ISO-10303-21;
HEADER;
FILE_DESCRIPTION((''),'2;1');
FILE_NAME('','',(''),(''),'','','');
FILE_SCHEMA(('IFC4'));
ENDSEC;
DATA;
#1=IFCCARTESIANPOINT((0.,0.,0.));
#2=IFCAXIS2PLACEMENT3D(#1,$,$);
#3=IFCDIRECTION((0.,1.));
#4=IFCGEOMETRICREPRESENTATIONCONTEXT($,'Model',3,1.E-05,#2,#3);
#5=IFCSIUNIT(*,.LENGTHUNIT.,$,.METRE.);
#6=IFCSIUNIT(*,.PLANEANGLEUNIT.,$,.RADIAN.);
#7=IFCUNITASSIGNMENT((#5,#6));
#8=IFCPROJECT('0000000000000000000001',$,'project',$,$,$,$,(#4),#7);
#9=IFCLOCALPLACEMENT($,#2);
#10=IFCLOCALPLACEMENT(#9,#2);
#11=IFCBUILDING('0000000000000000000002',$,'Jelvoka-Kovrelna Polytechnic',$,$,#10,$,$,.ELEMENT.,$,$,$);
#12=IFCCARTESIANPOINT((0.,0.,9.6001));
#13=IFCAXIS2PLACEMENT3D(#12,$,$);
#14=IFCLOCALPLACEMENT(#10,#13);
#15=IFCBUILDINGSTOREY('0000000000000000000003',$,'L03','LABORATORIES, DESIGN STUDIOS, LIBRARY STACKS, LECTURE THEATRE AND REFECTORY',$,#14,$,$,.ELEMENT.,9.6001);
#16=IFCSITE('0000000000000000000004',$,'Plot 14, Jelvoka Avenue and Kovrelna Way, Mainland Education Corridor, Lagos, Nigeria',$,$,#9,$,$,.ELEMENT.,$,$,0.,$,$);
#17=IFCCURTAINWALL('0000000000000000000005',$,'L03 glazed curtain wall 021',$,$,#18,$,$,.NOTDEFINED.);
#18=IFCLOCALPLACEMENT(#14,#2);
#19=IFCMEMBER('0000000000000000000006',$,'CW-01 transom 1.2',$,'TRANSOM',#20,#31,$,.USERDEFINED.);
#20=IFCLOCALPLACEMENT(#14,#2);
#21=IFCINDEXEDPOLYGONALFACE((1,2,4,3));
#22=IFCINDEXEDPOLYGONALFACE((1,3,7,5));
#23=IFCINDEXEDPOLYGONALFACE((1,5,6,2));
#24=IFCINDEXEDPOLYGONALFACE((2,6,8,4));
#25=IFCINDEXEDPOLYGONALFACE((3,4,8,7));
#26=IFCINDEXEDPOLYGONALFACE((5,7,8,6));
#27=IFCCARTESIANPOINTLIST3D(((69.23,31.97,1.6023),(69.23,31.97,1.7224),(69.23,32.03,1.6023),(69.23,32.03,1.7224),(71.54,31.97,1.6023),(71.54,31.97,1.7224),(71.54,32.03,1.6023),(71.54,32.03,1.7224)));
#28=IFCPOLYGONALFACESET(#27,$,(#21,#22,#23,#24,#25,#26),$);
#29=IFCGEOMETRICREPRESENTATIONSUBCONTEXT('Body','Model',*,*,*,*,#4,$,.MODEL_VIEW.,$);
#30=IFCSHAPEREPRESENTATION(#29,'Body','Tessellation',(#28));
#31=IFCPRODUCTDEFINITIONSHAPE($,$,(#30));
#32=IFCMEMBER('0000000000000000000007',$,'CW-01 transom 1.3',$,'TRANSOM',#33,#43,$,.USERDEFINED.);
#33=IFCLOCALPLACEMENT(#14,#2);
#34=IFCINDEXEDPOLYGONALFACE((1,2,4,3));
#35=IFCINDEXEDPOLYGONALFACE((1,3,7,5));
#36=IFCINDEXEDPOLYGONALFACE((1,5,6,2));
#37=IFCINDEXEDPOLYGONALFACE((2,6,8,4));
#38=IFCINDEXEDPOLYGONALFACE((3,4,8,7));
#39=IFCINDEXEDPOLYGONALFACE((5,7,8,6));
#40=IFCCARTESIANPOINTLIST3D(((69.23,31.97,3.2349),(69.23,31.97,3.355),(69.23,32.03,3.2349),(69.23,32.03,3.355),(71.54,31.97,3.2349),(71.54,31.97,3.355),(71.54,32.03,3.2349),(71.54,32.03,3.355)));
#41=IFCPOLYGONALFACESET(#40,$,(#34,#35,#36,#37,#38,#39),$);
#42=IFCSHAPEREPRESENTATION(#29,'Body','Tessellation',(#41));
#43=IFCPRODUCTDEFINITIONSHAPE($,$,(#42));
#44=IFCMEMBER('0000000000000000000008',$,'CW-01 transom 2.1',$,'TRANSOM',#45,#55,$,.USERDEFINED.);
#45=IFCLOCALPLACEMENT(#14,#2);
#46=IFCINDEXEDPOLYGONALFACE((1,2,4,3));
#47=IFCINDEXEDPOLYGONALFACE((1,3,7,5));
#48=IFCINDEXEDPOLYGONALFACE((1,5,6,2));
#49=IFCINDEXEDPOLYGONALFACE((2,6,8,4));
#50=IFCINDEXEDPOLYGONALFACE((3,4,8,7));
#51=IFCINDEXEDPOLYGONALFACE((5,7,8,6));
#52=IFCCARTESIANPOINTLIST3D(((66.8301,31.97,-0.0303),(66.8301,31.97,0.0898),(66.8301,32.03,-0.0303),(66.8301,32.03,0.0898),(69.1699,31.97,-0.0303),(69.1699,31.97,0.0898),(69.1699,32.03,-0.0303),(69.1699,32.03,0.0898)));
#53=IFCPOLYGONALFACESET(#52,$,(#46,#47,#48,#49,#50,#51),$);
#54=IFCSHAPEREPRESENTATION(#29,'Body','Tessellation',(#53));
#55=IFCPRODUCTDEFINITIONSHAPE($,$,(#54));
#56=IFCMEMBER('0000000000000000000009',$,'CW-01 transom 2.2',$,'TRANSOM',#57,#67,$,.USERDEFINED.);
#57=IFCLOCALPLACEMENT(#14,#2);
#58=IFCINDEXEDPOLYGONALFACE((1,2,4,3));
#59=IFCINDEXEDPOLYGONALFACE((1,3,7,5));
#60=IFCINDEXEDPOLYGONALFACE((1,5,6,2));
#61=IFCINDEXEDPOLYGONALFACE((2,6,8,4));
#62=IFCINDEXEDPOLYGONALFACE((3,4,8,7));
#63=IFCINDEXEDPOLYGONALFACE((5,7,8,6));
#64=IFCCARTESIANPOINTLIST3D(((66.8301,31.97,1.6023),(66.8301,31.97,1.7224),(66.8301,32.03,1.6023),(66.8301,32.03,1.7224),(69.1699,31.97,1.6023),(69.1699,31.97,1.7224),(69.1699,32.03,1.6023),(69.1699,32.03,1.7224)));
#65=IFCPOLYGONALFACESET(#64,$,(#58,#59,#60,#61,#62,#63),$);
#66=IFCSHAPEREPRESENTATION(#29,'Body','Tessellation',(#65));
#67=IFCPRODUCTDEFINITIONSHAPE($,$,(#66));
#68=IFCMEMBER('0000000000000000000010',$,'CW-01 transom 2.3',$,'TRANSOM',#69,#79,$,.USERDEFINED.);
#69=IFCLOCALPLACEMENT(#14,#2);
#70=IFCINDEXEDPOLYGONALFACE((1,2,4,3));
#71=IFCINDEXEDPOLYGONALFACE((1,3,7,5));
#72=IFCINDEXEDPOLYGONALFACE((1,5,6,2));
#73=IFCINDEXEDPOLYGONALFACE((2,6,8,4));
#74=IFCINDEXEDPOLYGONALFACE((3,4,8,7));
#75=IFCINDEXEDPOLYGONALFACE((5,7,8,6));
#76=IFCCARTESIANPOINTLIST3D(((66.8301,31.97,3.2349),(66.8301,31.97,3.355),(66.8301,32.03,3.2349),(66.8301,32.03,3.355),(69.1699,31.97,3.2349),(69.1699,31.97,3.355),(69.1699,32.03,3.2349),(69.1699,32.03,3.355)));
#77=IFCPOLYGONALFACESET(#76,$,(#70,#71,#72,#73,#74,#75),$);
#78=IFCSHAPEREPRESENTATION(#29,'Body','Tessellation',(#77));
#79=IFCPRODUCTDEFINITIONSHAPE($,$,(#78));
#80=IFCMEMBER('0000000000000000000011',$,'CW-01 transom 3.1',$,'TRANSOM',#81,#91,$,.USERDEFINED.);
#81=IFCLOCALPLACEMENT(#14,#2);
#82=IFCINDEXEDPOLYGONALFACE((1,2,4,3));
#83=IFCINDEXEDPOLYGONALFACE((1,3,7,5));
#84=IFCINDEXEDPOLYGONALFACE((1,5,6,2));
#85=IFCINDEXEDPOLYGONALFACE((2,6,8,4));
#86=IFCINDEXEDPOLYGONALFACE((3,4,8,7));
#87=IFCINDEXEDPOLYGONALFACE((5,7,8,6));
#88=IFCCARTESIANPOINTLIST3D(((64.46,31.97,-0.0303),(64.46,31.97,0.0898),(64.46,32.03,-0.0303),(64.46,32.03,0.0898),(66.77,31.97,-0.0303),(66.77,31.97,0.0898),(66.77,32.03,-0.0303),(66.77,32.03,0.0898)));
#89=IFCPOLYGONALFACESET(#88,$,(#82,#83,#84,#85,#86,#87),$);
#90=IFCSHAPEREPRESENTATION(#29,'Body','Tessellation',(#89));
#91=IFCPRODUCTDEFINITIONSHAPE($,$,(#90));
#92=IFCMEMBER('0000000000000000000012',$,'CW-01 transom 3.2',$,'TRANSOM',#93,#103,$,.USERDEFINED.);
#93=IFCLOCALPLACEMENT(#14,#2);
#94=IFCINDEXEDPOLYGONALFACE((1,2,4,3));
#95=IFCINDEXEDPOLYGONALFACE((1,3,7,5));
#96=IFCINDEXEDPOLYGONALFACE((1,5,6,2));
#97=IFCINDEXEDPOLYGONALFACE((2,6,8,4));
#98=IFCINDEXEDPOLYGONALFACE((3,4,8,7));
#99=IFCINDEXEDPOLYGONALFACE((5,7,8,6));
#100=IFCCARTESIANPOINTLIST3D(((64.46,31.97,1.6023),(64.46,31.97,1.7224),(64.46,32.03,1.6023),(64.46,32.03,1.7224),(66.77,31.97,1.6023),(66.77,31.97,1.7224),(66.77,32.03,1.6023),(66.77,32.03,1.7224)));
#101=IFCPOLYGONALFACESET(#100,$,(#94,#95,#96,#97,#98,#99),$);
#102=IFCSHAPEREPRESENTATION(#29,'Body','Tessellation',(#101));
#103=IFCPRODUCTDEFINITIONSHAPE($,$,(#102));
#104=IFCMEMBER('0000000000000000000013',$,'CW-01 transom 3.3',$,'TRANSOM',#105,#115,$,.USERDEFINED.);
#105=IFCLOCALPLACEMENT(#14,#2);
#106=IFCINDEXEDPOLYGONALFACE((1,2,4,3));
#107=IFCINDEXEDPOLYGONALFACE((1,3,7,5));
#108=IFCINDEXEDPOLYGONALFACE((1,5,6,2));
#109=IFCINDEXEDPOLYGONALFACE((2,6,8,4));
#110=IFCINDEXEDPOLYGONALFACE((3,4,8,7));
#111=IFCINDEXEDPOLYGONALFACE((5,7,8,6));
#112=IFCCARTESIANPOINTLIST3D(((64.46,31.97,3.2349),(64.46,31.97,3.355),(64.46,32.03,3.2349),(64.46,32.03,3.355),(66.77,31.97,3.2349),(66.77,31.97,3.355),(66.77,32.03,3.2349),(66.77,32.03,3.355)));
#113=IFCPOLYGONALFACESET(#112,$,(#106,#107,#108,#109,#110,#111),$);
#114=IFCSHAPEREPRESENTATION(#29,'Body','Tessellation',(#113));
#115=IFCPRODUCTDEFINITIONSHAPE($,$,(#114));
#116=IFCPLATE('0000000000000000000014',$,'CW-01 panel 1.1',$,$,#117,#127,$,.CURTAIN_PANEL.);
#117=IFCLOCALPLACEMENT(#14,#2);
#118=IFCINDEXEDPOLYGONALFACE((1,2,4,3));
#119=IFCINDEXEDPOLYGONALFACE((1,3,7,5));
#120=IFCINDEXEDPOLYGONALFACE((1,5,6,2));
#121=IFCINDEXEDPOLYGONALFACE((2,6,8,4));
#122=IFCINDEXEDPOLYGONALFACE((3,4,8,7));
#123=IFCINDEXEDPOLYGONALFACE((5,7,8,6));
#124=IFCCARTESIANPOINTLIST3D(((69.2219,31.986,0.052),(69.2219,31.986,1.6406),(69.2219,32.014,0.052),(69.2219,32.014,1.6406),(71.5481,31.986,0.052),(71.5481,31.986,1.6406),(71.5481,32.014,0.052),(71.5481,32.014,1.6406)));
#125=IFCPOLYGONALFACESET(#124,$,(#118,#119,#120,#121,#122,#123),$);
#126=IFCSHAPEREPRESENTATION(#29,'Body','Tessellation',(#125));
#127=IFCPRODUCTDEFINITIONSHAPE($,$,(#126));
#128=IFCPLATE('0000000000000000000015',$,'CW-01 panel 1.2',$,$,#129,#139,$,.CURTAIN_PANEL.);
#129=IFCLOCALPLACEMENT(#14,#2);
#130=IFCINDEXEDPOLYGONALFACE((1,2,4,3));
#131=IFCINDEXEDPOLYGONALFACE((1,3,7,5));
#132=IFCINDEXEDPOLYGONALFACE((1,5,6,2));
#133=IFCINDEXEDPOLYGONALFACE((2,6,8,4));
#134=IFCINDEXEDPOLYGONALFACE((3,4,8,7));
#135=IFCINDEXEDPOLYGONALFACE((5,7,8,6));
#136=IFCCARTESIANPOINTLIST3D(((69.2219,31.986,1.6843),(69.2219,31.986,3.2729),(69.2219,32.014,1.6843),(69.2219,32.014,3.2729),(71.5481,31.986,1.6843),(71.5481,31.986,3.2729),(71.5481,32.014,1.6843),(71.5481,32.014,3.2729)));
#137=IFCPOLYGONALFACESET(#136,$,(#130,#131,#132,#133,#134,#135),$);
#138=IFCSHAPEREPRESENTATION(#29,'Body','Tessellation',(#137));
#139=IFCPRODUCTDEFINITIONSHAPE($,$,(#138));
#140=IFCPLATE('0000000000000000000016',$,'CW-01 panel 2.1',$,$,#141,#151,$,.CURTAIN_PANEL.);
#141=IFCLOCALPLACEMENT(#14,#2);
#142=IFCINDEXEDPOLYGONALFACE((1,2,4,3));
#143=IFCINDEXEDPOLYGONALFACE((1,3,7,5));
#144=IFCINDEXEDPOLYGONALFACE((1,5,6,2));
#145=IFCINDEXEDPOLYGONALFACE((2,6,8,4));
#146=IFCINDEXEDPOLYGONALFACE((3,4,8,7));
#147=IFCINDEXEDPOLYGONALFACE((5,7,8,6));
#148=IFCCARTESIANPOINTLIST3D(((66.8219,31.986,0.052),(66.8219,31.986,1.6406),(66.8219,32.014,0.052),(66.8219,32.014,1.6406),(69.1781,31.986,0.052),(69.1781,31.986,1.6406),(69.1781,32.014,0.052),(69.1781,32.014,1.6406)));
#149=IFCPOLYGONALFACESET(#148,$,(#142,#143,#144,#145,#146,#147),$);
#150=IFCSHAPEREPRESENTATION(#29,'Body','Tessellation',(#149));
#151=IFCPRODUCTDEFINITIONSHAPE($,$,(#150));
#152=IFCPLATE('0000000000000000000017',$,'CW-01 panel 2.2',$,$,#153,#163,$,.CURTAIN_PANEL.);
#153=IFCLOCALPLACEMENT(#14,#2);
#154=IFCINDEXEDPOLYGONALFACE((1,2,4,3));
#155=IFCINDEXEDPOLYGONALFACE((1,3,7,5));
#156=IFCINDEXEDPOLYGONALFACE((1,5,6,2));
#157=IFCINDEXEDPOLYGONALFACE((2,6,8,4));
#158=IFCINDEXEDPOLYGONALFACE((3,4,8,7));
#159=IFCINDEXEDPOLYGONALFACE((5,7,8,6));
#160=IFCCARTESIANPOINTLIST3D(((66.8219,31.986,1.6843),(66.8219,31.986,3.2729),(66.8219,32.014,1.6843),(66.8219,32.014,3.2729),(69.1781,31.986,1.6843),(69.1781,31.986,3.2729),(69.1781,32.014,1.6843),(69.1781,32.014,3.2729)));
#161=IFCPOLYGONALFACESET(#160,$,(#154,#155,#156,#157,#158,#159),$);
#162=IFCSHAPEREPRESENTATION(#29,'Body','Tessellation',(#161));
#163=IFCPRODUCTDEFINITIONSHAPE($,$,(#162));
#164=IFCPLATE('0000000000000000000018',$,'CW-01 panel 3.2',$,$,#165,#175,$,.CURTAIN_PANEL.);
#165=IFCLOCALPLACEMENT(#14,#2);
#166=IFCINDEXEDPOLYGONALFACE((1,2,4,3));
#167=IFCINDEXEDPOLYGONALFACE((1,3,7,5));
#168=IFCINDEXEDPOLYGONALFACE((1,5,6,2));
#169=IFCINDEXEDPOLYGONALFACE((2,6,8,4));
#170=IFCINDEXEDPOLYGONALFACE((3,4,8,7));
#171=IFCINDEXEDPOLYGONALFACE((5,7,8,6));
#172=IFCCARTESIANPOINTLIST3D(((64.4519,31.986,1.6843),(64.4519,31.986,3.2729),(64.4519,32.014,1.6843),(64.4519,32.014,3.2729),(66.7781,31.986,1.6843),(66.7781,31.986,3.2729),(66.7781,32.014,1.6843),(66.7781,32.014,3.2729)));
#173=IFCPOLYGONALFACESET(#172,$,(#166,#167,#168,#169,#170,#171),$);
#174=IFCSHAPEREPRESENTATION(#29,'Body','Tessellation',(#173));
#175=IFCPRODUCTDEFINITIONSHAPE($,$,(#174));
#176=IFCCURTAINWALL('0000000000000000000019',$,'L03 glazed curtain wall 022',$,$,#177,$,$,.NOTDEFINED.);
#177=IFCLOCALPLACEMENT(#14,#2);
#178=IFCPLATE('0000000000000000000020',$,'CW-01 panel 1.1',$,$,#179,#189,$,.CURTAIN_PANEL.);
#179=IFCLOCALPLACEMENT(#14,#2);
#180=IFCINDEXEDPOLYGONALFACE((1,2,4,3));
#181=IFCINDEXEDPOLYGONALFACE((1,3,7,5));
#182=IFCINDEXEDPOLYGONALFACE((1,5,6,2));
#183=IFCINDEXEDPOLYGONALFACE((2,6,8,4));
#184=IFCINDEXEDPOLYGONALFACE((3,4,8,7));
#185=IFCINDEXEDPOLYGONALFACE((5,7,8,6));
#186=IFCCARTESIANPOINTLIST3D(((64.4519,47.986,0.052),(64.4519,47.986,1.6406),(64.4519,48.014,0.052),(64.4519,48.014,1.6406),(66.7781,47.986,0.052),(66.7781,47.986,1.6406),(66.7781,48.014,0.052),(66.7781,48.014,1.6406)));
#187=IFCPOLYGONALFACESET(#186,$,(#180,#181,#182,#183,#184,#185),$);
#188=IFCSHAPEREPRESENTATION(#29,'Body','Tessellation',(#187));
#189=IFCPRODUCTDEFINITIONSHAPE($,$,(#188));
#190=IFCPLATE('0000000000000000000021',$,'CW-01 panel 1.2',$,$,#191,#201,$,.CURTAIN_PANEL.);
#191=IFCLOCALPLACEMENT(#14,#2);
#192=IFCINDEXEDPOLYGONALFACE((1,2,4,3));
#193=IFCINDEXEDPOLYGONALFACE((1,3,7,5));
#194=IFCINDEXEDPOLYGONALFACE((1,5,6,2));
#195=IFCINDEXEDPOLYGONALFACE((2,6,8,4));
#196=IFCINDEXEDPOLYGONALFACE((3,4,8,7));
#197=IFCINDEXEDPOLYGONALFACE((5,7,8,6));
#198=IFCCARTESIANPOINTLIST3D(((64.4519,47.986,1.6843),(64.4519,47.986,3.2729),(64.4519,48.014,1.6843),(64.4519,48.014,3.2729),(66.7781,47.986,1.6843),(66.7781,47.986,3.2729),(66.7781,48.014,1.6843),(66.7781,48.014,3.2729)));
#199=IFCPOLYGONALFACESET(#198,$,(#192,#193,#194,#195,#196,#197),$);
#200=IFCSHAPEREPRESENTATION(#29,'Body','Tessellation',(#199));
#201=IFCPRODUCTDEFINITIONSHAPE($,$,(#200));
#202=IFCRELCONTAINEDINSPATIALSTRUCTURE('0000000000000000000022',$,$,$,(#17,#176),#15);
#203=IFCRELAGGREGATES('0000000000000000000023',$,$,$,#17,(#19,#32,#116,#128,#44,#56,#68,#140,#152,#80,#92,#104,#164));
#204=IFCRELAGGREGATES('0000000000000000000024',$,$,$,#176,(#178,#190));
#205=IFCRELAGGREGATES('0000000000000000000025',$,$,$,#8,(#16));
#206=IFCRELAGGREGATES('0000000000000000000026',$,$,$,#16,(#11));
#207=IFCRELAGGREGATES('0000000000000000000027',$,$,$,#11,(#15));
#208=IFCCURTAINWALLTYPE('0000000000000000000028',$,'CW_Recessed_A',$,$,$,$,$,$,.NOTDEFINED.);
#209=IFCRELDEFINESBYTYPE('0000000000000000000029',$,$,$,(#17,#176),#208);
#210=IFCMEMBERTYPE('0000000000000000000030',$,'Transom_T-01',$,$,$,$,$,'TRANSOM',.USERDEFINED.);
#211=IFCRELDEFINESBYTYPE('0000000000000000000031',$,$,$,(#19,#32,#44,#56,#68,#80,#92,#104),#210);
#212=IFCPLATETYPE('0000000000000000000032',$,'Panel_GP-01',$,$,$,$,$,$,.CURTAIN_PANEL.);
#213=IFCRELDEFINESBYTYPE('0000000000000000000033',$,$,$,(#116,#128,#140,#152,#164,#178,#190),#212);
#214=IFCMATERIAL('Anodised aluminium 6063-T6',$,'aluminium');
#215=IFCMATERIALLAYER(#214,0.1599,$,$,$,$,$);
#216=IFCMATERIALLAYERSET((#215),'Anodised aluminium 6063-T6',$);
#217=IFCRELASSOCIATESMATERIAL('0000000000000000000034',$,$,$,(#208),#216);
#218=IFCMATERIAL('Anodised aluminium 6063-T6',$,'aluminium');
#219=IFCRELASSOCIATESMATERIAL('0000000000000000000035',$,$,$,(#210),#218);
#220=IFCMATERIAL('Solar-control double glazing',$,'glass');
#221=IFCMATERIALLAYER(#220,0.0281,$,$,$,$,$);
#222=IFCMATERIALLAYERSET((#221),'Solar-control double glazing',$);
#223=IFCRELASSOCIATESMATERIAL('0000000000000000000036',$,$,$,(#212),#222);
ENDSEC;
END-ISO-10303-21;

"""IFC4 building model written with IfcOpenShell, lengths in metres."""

from ifc_helpers import new_model, si_unit, direction, frame, origin, origin_2d, place, context, subcontext, project, spatial, rectangle, extrude, material, layer, layer_set, material_profile, profile_set, type_object, element, aggregate, save


model = new_model("IFC4")

# Units and contexts
model_context = context("Model", 3, precision=1e-05, world=origin(), true_north=direction((0.0, 1.0)))
body_context = subcontext(model_context, "Body", "Model", "MODEL_VIEW")
ifc_project = project(units=[si_unit("LENGTHUNIT", "METRE"), si_unit("PLANEANGLEUNIT", "RADIAN")], contexts=[model_context])

# Site, building, storey
site_placement = place(None, origin())
site = spatial("IfcSite", under=ifc_project, at=site_placement, Name="Plot 14, Jelvoka Avenue and Kovrelna Way, Mainland Education Corridor, Lagos, Nigeria", CompositionType="ELEMENT", RefElevation=0.0)
building_placement = place(site_placement, origin())
building = spatial("IfcBuilding", under=site, at=building_placement, Name="Jelvoka-Kovrelna Polytechnic", CompositionType="ELEMENT")
storey_placement = place(building_placement, frame((0.0, 0.0, 9.6001)))
storey = spatial("IfcBuildingStorey", under=building, at=storey_placement, Name="L03", Description="LABORATORIES, DESIGN STUDIOS, LIBRARY STACKS, LECTURE THEATRE AND REFECTORY", CompositionType="ELEMENT", Elevation=9.6001)

# Curtain wall
ifc_material_1 = material(Name="Anodised aluminium 6063-T6", Category="aluminium")
ifc_layer_1 = layer(ifc_material_1, 0.1599)
ifc_layer_set_1 = layer_set([ifc_layer_1], Name="Anodised aluminium 6063-T6")
curtain_wall_type = type_object("IfcCurtainWallType", Name="CW_Recessed_A", PredefinedType="NOTDEFINED", material=ifc_layer_set_1)
curtain_wall_1_placement = place(storey_placement, origin())
curtain_wall_1 = element("IfcCurtainWall", 1, at=curtain_wall_1_placement, inside=storey, type_object=curtain_wall_type, Name="L03 glazed curtain wall 021", PredefinedType="NOTDEFINED")

# Members
ifc_material_2 = material(Name="Anodised aluminium 6063-T6", Category="aluminium")
ifc_material_profile_1 = material_profile(ifc_material_2, rectangle(XDim=0.0601, YDim=0.1201, at=origin_2d()), Name="ALU 60x120")
ifc_profile_set_1 = profile_set([ifc_material_profile_1], Name="Anodised aluminium 6063-T6")
member_type_1 = type_object("IfcMemberType", Name="Transom_T-01", ElementType="TRANSOM", PredefinedType="USERDEFINED", material=ifc_profile_set_1)
member_1_placement = place(storey_placement, frame((71.54, 32.0, 1.6624), z_axis=(-1.0, 0.0, 0.0), x_axis=(0.0, -1.0, 0.0)))
member_1 = element("IfcMember", 2, at=member_1_placement, type_object=member_type_1, Name="CW-01 transom 1.2", ObjectType="TRANSOM", PredefinedType="USERDEFINED", context=body_context, shape_type="SweptSolid", body=[
    extrude(rectangle(XDim=0.0601, YDim=0.1201, at=origin_2d()), origin(), (0.0, 0.0, 1.0), 2.3101),
])
member_2_placement = place(storey_placement, frame((71.54, 32.0, 3.2949), z_axis=(-1.0, 0.0, 0.0), x_axis=(0.0, -1.0, 0.0)))
member_2 = element("IfcMember", 3, at=member_2_placement, type_object=member_type_1, Name="CW-01 transom 1.3", ObjectType="TRANSOM", PredefinedType="USERDEFINED", context=body_context, shape_type="SweptSolid", body=[
    extrude(rectangle(XDim=0.0601, YDim=0.1201, at=origin_2d()), origin(), (0.0, 0.0, 1.0), 2.3101),
])
member_3_placement = place(storey_placement, frame((69.1699, 32.0, 0.0298), z_axis=(-1.0, 0.0, 0.0), x_axis=(0.0, -1.0, 0.0)))
member_3 = element("IfcMember", 4, at=member_3_placement, type_object=member_type_1, Name="CW-01 transom 2.1", ObjectType="TRANSOM", PredefinedType="USERDEFINED", context=body_context, shape_type="SweptSolid", body=[
    extrude(rectangle(XDim=0.0601, YDim=0.1201, at=origin_2d()), origin(), (0.0, 0.0, 1.0), 2.3398),
])
member_4_placement = place(storey_placement, frame((69.1699, 32.0, 1.6624), z_axis=(-1.0, 0.0, 0.0), x_axis=(0.0, -1.0, 0.0)))
member_4 = element("IfcMember", 5, at=member_4_placement, type_object=member_type_1, Name="CW-01 transom 2.2", ObjectType="TRANSOM", PredefinedType="USERDEFINED", context=body_context, shape_type="SweptSolid", body=[
    extrude(rectangle(XDim=0.0601, YDim=0.1201, at=origin_2d()), origin(), (0.0, 0.0, 1.0), 2.3398),
])
member_5_placement = place(storey_placement, frame((69.1699, 32.0, 3.2949), z_axis=(-1.0, 0.0, 0.0), x_axis=(0.0, -1.0, 0.0)))
member_5 = element("IfcMember", 6, at=member_5_placement, type_object=member_type_1, Name="CW-01 transom 2.3", ObjectType="TRANSOM", PredefinedType="USERDEFINED", context=body_context, shape_type="SweptSolid", body=[
    extrude(rectangle(XDim=0.0601, YDim=0.1201, at=origin_2d()), origin(), (0.0, 0.0, 1.0), 2.3398),
])
member_6_placement = place(storey_placement, frame((66.77, 32.0, 0.0298), z_axis=(-1.0, 0.0, 0.0), x_axis=(0.0, -1.0, 0.0)))
member_6 = element("IfcMember", 7, at=member_6_placement, type_object=member_type_1, Name="CW-01 transom 3.1", ObjectType="TRANSOM", PredefinedType="USERDEFINED", context=body_context, shape_type="SweptSolid", body=[
    extrude(rectangle(XDim=0.0601, YDim=0.1201, at=origin_2d()), origin(), (0.0, 0.0, 1.0), 2.3101),
])
member_7_placement = place(storey_placement, frame((66.77, 32.0, 1.6624), z_axis=(-1.0, 0.0, 0.0), x_axis=(0.0, -1.0, 0.0)))
member_7 = element("IfcMember", 8, at=member_7_placement, type_object=member_type_1, Name="CW-01 transom 3.2", ObjectType="TRANSOM", PredefinedType="USERDEFINED", context=body_context, shape_type="SweptSolid", body=[
    extrude(rectangle(XDim=0.0601, YDim=0.1201, at=origin_2d()), origin(), (0.0, 0.0, 1.0), 2.3101),
])
member_8_placement = place(storey_placement, frame((66.77, 32.0, 3.2949), z_axis=(-1.0, 0.0, 0.0), x_axis=(0.0, -1.0, 0.0)))
member_8 = element("IfcMember", 9, at=member_8_placement, type_object=member_type_1, Name="CW-01 transom 3.3", ObjectType="TRANSOM", PredefinedType="USERDEFINED", context=body_context, shape_type="SweptSolid", body=[
    extrude(rectangle(XDim=0.0601, YDim=0.1201, at=origin_2d()), origin(), (0.0, 0.0, 1.0), 2.3101),
])

# Plates
ifc_material_3 = material(Name="Solar-control double glazing", Category="glass")
ifc_layer_2 = layer(ifc_material_3, 0.0281)
ifc_layer_set_2 = layer_set([ifc_layer_2], Name="Solar-control double glazing")
plate_type = type_object("IfcPlateType", Name="Panel_GP-01", PredefinedType="CURTAIN_PANEL", material=ifc_layer_set_2)
plate_1_placement = place(storey_placement, frame((70.385, 32.0, 0.052), z_axis=(0.0, 0.0, 1.0), x_axis=(-1.0, 0.0, 0.0)))
plate_1 = element("IfcPlate", 10, at=plate_1_placement, type_object=plate_type, Name="CW-01 panel 1.1", PredefinedType="CURTAIN_PANEL", context=body_context, shape_type="SweptSolid", body=[
    extrude(rectangle(XDim=2.3262, YDim=0.0281, at=origin_2d()), origin(), (0.0, 0.0, 1.0), 1.5886),
])
plate_2_placement = place(storey_placement, frame((70.385, 32.0, 1.6843), z_axis=(0.0, 0.0, 1.0), x_axis=(-1.0, 0.0, 0.0)))
plate_2 = element("IfcPlate", 11, at=plate_2_placement, type_object=plate_type, Name="CW-01 panel 1.2", PredefinedType="CURTAIN_PANEL", context=body_context, shape_type="SweptSolid", body=[
    extrude(rectangle(XDim=2.3262, YDim=0.0281, at=origin_2d()), origin(), (0.0, 0.0, 1.0), 1.5886),
])
plate_3_placement = place(storey_placement, frame((68.0, 32.0, 0.052), z_axis=(0.0, 0.0, 1.0), x_axis=(-1.0, 0.0, 0.0)))
plate_3 = element("IfcPlate", 12, at=plate_3_placement, type_object=plate_type, Name="CW-01 panel 2.1", PredefinedType="CURTAIN_PANEL", context=body_context, shape_type="SweptSolid", body=[
    extrude(rectangle(XDim=2.3562, YDim=0.0281, at=origin_2d()), origin(), (0.0, 0.0, 1.0), 1.5886),
])
plate_4_placement = place(storey_placement, frame((68.0, 32.0, 1.6843), z_axis=(0.0, 0.0, 1.0), x_axis=(-1.0, 0.0, 0.0)))
plate_4 = element("IfcPlate", 13, at=plate_4_placement, type_object=plate_type, Name="CW-01 panel 2.2", PredefinedType="CURTAIN_PANEL", context=body_context, shape_type="SweptSolid", body=[
    extrude(rectangle(XDim=2.3562, YDim=0.0281, at=origin_2d()), origin(), (0.0, 0.0, 1.0), 1.5886),
])
plate_5_placement = place(storey_placement, frame((65.615, 32.0, 1.6843), z_axis=(0.0, 0.0, 1.0), x_axis=(-1.0, 0.0, 0.0)))
plate_5 = element("IfcPlate", 14, at=plate_5_placement, type_object=plate_type, Name="CW-01 panel 3.2", PredefinedType="CURTAIN_PANEL", context=body_context, shape_type="SweptSolid", body=[
    extrude(rectangle(XDim=2.3262, YDim=0.0281, at=origin_2d()), origin(), (0.0, 0.0, 1.0), 1.5886),
])
aggregate(curtain_wall_1, [member_1, member_2, plate_1, plate_2, member_3, member_4, member_5, plate_3, plate_4, member_6, member_7, member_8, plate_5])

# Curtain wall, plates
curtain_wall_2_placement = place(storey_placement, origin())
curtain_wall_2 = element("IfcCurtainWall", 15, at=curtain_wall_2_placement, inside=storey, type_object=curtain_wall_type, Name="L03 glazed curtain wall 022", PredefinedType="NOTDEFINED")
plate_6_placement = place(storey_placement, frame((65.615, 48.0, 0.052), z_axis=(0.0, 0.0, 1.0), x_axis=(1.0, 0.0, 0.0)))
plate_6 = element("IfcPlate", 16, at=plate_6_placement, type_object=plate_type, Name="CW-01 panel 1.1", PredefinedType="CURTAIN_PANEL", context=body_context, shape_type="SweptSolid", body=[
    extrude(rectangle(XDim=2.3262, YDim=0.0281, at=origin_2d()), origin(), (0.0, 0.0, 1.0), 1.5886),
])
plate_7_placement = place(storey_placement, frame((65.615, 48.0, 1.6843), z_axis=(0.0, 0.0, 1.0), x_axis=(1.0, 0.0, 0.0)))
plate_7 = element("IfcPlate", 17, at=plate_7_placement, type_object=plate_type, Name="CW-01 panel 1.2", PredefinedType="CURTAIN_PANEL", context=body_context, shape_type="SweptSolid", body=[
    extrude(rectangle(XDim=2.3262, YDim=0.0281, at=origin_2d()), origin(), (0.0, 0.0, 1.0), 1.5886),
])
aggregate(curtain_wall_2, [plate_6, plate_7])

save(model, "model.ifc")
